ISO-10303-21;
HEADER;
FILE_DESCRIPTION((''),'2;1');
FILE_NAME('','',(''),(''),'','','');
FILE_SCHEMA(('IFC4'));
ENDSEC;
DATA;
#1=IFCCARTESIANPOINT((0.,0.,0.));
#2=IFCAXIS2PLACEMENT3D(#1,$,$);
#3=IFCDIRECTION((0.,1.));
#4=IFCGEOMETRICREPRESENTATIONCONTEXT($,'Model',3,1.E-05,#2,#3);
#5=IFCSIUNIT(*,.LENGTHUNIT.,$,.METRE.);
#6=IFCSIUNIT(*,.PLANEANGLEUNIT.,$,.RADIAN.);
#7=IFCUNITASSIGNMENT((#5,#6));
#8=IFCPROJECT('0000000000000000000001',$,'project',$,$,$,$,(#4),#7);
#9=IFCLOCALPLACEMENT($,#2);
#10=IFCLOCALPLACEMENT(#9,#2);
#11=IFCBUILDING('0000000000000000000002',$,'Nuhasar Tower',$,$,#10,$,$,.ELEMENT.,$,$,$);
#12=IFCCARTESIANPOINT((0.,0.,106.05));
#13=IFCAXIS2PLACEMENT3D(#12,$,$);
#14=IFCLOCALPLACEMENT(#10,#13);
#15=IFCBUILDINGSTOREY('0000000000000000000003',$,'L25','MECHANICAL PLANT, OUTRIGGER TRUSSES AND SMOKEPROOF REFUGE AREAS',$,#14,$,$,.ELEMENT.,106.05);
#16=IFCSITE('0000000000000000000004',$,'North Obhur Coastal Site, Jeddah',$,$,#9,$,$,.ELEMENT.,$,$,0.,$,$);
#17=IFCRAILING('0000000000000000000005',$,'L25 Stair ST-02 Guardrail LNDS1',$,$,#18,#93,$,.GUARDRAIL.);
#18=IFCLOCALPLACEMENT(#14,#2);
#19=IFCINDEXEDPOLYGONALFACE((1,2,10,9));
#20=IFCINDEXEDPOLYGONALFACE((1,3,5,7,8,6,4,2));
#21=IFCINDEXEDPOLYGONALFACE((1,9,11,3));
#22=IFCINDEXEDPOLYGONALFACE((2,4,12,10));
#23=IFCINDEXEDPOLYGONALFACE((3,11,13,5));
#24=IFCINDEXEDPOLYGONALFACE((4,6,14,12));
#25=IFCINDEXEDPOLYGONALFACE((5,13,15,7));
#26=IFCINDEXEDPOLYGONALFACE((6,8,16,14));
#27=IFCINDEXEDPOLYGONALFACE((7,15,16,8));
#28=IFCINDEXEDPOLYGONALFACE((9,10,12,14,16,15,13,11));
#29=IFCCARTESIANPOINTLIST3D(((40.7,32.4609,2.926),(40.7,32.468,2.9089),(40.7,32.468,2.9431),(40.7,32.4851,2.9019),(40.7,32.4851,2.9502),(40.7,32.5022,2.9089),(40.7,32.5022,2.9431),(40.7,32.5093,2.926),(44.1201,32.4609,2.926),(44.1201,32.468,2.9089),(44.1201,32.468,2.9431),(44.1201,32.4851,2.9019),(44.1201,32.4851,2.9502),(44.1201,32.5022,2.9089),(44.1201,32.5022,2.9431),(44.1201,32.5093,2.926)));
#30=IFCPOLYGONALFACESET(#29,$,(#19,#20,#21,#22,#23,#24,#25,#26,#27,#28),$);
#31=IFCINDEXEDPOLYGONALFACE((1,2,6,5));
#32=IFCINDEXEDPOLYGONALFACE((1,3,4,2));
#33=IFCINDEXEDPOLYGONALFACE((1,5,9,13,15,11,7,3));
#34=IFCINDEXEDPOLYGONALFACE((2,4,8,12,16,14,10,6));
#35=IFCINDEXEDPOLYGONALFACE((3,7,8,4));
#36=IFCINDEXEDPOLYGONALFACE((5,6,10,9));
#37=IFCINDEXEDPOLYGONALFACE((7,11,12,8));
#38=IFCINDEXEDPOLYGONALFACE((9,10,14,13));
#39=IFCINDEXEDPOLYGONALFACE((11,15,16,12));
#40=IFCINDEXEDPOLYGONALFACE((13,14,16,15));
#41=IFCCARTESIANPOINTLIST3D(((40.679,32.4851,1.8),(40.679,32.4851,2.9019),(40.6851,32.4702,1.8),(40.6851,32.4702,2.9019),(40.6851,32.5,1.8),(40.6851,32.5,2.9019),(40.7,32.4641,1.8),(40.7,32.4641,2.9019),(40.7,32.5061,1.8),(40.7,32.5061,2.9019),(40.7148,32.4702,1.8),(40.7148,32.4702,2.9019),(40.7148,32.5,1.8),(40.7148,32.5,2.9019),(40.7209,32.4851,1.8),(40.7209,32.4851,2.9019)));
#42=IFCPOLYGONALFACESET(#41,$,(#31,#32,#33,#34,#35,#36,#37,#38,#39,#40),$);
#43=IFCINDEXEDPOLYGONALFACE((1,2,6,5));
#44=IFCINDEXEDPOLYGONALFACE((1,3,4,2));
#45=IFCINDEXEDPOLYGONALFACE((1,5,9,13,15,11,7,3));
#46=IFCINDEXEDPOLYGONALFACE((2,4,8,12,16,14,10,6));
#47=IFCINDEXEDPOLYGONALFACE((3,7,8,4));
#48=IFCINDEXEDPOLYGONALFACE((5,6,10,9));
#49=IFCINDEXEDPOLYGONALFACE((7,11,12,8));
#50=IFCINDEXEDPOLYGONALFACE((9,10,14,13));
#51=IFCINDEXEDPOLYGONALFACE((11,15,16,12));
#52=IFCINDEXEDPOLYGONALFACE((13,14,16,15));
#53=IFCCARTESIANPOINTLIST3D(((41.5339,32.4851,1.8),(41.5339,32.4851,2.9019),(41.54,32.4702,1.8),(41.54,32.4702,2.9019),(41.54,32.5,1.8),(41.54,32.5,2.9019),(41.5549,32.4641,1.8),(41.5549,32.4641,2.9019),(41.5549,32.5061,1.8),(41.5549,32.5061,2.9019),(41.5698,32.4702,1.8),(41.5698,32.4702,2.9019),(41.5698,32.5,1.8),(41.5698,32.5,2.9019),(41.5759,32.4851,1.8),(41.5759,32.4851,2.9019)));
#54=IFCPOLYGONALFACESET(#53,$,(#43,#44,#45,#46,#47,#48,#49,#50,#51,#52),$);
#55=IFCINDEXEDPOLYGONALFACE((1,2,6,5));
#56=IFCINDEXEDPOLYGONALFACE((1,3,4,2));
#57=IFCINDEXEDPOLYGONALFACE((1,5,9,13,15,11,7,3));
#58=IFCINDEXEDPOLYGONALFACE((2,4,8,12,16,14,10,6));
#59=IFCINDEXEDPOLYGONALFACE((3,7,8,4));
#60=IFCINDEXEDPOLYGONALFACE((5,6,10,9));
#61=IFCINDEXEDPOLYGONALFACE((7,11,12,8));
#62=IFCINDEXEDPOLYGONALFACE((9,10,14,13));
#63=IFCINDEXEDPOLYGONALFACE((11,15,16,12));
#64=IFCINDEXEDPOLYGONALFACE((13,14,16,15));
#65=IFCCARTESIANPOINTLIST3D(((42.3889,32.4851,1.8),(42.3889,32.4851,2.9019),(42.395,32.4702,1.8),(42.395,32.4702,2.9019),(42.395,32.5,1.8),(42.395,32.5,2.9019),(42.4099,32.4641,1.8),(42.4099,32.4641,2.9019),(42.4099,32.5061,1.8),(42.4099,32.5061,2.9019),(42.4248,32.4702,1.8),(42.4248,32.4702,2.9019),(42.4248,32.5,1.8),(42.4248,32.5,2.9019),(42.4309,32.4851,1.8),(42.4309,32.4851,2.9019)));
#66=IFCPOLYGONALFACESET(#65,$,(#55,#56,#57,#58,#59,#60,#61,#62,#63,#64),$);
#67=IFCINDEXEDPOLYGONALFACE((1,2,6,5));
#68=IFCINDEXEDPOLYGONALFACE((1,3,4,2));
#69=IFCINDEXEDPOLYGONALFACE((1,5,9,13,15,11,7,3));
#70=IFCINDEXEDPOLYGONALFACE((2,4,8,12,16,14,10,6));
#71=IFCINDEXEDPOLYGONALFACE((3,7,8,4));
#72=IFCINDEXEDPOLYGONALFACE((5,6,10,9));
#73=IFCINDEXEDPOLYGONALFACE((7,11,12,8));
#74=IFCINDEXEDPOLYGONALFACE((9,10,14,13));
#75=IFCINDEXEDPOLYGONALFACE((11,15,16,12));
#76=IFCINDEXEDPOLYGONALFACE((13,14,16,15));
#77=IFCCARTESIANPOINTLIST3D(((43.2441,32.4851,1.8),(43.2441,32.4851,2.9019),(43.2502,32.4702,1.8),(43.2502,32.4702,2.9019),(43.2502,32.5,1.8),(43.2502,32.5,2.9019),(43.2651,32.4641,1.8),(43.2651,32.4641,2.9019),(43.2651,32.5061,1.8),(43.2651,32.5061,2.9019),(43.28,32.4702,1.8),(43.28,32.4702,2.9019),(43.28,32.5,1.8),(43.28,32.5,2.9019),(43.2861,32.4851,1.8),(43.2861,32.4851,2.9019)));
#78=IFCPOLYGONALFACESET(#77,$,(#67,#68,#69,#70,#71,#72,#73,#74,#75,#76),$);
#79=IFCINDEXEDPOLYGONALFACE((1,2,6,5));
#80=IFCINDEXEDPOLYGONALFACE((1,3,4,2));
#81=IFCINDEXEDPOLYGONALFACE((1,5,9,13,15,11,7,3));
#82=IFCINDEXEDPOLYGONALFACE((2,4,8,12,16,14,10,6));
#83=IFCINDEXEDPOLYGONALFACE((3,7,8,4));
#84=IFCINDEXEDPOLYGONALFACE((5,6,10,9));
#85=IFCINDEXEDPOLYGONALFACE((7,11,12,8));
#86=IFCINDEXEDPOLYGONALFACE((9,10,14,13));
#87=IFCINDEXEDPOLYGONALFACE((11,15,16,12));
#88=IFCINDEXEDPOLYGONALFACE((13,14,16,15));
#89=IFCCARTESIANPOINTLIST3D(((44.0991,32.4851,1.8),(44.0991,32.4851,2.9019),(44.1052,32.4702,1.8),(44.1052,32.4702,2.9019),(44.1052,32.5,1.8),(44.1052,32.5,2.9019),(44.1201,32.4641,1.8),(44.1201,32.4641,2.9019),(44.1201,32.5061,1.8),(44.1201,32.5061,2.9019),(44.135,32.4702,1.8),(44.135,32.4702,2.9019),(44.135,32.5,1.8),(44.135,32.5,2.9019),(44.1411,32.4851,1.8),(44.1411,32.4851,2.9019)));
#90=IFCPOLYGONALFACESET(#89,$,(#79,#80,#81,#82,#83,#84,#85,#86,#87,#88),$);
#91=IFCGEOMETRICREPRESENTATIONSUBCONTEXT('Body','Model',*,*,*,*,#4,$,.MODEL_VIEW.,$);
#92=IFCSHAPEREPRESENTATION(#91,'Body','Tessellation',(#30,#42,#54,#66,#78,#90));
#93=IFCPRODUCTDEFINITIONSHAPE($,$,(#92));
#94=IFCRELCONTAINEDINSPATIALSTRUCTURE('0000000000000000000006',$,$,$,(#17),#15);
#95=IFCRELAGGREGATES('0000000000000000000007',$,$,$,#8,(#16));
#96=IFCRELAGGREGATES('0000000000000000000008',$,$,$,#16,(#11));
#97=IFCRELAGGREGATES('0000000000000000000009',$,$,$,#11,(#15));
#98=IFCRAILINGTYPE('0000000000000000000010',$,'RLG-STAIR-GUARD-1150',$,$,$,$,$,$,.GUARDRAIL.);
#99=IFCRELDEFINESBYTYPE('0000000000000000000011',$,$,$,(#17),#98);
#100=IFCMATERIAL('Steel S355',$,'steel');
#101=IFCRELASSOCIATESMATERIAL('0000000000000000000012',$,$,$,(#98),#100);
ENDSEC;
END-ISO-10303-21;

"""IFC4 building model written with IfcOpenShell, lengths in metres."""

from ifc_helpers import new_model, si_unit, direction, frame, origin, place, context, subcontext, project, spatial, polyline, outline, extrude, material, type_object, element, save


model = new_model("IFC4")

# Units and contexts
model_context = context("Model", 3, precision=1e-05, world=origin(), true_north=direction((0.0, 1.0)))
body_context = subcontext(model_context, "Body", "Model", "MODEL_VIEW")
ifc_project = project(units=[si_unit("LENGTHUNIT", "METRE"), si_unit("PLANEANGLEUNIT", "RADIAN")], contexts=[model_context])

# Site, building, storey
site_placement = place(None, origin())
site = spatial("IfcSite", under=ifc_project, at=site_placement, Name="North Obhur Coastal Site, Jeddah", CompositionType="ELEMENT", RefElevation=0.0)
building_placement = place(site_placement, origin())
building = spatial("IfcBuilding", under=site, at=building_placement, Name="Nuhasar Tower", CompositionType="ELEMENT")
storey_placement = place(building_placement, frame((0.0, 0.0, 106.05)))
storey = spatial("IfcBuildingStorey", under=building, at=storey_placement, Name="L25", Description="MECHANICAL PLANT, OUTRIGGER TRUSSES AND SMOKEPROOF REFUGE AREAS", CompositionType="ELEMENT", Elevation=106.05)

# Shared definitions
ifc_material_1 = material(Name="Steel S355", Category="steel")

# Railing
railing_type_1 = type_object("IfcRailingType", Name="RLG-STAIR-GUARD-1150", PredefinedType="GUARDRAIL", material=ifc_material_1)
railing_1_placement = place(storey_placement, frame((40.7, 32.4851, 1.8)))
element("IfcRailing", 1, at=railing_1_placement, inside=storey, type_object=railing_type_1, Name="L25 Stair ST-02 Guardrail LNDS1", PredefinedType="GUARDRAIL", context=body_context, shape_type="SweptSolid", body=[
    extrude(outline(polyline([(0.0242, 0.0), (0.0171, 0.0171), (0.0, 0.0242), (-0.0171, 0.0171), (-0.0242, 0.0), (-0.0171, -0.0171), (0.0, -0.0242), (0.0171, -0.0171), (0.0242, 0.0)])), frame((0.0, 0.0, 1.126), z_axis=(1.0, 0.0, 0.0), x_axis=(0.0, 1.0, 0.0)), (0.0, 0.0, 1.0), 3.4202),
    extrude(outline(polyline([(0.021, 0.0), (0.0149, 0.0149), (0.0, 0.021), (-0.0149, 0.0149), (-0.021, 0.0), (-0.0149, -0.0149), (0.0, -0.021), (0.0149, -0.0149), (0.021, 0.0)])), origin(), (0.0, 0.0, 1.0), 1.1018),
    extrude(outline(polyline([(0.021, 0.0), (0.0149, 0.0149), (0.0, 0.021), (-0.0149, 0.0149), (-0.021, 0.0), (-0.0149, -0.0149), (0.0, -0.021), (0.0149, -0.0149), (0.021, 0.0)])), frame((0.855, 0.0, 0.0)), (0.0, 0.0, 1.0), 1.1018),
    extrude(outline(polyline([(0.021, 0.0), (0.0149, 0.0149), (0.0, 0.021), (-0.0149, 0.0149), (-0.021, 0.0), (-0.0149, -0.0149), (0.0, -0.021), (0.0149, -0.0149), (0.021, 0.0)])), frame((1.71, 0.0, 0.0)), (0.0, 0.0, 1.0), 1.1018),
    extrude(outline(polyline([(0.021, 0.0), (0.0149, 0.0149), (0.0, 0.021), (-0.0149, 0.0149), (-0.021, 0.0), (-0.0149, -0.0149), (0.0, -0.021), (0.0149, -0.0149), (0.021, 0.0)])), frame((2.5652, 0.0, 0.0)), (0.0, 0.0, 1.0), 1.1018),
    extrude(outline(polyline([(0.021, 0.0), (0.0149, 0.0149), (0.0, 0.021), (-0.0149, 0.0149), (-0.021, 0.0), (-0.0149, -0.0149), (0.0, -0.021), (0.0149, -0.0149), (0.021, 0.0)])), frame((3.4202, 0.0, 0.0)), (0.0, 0.0, 1.0), 1.1018),
])

save(model, "model.ifc")
